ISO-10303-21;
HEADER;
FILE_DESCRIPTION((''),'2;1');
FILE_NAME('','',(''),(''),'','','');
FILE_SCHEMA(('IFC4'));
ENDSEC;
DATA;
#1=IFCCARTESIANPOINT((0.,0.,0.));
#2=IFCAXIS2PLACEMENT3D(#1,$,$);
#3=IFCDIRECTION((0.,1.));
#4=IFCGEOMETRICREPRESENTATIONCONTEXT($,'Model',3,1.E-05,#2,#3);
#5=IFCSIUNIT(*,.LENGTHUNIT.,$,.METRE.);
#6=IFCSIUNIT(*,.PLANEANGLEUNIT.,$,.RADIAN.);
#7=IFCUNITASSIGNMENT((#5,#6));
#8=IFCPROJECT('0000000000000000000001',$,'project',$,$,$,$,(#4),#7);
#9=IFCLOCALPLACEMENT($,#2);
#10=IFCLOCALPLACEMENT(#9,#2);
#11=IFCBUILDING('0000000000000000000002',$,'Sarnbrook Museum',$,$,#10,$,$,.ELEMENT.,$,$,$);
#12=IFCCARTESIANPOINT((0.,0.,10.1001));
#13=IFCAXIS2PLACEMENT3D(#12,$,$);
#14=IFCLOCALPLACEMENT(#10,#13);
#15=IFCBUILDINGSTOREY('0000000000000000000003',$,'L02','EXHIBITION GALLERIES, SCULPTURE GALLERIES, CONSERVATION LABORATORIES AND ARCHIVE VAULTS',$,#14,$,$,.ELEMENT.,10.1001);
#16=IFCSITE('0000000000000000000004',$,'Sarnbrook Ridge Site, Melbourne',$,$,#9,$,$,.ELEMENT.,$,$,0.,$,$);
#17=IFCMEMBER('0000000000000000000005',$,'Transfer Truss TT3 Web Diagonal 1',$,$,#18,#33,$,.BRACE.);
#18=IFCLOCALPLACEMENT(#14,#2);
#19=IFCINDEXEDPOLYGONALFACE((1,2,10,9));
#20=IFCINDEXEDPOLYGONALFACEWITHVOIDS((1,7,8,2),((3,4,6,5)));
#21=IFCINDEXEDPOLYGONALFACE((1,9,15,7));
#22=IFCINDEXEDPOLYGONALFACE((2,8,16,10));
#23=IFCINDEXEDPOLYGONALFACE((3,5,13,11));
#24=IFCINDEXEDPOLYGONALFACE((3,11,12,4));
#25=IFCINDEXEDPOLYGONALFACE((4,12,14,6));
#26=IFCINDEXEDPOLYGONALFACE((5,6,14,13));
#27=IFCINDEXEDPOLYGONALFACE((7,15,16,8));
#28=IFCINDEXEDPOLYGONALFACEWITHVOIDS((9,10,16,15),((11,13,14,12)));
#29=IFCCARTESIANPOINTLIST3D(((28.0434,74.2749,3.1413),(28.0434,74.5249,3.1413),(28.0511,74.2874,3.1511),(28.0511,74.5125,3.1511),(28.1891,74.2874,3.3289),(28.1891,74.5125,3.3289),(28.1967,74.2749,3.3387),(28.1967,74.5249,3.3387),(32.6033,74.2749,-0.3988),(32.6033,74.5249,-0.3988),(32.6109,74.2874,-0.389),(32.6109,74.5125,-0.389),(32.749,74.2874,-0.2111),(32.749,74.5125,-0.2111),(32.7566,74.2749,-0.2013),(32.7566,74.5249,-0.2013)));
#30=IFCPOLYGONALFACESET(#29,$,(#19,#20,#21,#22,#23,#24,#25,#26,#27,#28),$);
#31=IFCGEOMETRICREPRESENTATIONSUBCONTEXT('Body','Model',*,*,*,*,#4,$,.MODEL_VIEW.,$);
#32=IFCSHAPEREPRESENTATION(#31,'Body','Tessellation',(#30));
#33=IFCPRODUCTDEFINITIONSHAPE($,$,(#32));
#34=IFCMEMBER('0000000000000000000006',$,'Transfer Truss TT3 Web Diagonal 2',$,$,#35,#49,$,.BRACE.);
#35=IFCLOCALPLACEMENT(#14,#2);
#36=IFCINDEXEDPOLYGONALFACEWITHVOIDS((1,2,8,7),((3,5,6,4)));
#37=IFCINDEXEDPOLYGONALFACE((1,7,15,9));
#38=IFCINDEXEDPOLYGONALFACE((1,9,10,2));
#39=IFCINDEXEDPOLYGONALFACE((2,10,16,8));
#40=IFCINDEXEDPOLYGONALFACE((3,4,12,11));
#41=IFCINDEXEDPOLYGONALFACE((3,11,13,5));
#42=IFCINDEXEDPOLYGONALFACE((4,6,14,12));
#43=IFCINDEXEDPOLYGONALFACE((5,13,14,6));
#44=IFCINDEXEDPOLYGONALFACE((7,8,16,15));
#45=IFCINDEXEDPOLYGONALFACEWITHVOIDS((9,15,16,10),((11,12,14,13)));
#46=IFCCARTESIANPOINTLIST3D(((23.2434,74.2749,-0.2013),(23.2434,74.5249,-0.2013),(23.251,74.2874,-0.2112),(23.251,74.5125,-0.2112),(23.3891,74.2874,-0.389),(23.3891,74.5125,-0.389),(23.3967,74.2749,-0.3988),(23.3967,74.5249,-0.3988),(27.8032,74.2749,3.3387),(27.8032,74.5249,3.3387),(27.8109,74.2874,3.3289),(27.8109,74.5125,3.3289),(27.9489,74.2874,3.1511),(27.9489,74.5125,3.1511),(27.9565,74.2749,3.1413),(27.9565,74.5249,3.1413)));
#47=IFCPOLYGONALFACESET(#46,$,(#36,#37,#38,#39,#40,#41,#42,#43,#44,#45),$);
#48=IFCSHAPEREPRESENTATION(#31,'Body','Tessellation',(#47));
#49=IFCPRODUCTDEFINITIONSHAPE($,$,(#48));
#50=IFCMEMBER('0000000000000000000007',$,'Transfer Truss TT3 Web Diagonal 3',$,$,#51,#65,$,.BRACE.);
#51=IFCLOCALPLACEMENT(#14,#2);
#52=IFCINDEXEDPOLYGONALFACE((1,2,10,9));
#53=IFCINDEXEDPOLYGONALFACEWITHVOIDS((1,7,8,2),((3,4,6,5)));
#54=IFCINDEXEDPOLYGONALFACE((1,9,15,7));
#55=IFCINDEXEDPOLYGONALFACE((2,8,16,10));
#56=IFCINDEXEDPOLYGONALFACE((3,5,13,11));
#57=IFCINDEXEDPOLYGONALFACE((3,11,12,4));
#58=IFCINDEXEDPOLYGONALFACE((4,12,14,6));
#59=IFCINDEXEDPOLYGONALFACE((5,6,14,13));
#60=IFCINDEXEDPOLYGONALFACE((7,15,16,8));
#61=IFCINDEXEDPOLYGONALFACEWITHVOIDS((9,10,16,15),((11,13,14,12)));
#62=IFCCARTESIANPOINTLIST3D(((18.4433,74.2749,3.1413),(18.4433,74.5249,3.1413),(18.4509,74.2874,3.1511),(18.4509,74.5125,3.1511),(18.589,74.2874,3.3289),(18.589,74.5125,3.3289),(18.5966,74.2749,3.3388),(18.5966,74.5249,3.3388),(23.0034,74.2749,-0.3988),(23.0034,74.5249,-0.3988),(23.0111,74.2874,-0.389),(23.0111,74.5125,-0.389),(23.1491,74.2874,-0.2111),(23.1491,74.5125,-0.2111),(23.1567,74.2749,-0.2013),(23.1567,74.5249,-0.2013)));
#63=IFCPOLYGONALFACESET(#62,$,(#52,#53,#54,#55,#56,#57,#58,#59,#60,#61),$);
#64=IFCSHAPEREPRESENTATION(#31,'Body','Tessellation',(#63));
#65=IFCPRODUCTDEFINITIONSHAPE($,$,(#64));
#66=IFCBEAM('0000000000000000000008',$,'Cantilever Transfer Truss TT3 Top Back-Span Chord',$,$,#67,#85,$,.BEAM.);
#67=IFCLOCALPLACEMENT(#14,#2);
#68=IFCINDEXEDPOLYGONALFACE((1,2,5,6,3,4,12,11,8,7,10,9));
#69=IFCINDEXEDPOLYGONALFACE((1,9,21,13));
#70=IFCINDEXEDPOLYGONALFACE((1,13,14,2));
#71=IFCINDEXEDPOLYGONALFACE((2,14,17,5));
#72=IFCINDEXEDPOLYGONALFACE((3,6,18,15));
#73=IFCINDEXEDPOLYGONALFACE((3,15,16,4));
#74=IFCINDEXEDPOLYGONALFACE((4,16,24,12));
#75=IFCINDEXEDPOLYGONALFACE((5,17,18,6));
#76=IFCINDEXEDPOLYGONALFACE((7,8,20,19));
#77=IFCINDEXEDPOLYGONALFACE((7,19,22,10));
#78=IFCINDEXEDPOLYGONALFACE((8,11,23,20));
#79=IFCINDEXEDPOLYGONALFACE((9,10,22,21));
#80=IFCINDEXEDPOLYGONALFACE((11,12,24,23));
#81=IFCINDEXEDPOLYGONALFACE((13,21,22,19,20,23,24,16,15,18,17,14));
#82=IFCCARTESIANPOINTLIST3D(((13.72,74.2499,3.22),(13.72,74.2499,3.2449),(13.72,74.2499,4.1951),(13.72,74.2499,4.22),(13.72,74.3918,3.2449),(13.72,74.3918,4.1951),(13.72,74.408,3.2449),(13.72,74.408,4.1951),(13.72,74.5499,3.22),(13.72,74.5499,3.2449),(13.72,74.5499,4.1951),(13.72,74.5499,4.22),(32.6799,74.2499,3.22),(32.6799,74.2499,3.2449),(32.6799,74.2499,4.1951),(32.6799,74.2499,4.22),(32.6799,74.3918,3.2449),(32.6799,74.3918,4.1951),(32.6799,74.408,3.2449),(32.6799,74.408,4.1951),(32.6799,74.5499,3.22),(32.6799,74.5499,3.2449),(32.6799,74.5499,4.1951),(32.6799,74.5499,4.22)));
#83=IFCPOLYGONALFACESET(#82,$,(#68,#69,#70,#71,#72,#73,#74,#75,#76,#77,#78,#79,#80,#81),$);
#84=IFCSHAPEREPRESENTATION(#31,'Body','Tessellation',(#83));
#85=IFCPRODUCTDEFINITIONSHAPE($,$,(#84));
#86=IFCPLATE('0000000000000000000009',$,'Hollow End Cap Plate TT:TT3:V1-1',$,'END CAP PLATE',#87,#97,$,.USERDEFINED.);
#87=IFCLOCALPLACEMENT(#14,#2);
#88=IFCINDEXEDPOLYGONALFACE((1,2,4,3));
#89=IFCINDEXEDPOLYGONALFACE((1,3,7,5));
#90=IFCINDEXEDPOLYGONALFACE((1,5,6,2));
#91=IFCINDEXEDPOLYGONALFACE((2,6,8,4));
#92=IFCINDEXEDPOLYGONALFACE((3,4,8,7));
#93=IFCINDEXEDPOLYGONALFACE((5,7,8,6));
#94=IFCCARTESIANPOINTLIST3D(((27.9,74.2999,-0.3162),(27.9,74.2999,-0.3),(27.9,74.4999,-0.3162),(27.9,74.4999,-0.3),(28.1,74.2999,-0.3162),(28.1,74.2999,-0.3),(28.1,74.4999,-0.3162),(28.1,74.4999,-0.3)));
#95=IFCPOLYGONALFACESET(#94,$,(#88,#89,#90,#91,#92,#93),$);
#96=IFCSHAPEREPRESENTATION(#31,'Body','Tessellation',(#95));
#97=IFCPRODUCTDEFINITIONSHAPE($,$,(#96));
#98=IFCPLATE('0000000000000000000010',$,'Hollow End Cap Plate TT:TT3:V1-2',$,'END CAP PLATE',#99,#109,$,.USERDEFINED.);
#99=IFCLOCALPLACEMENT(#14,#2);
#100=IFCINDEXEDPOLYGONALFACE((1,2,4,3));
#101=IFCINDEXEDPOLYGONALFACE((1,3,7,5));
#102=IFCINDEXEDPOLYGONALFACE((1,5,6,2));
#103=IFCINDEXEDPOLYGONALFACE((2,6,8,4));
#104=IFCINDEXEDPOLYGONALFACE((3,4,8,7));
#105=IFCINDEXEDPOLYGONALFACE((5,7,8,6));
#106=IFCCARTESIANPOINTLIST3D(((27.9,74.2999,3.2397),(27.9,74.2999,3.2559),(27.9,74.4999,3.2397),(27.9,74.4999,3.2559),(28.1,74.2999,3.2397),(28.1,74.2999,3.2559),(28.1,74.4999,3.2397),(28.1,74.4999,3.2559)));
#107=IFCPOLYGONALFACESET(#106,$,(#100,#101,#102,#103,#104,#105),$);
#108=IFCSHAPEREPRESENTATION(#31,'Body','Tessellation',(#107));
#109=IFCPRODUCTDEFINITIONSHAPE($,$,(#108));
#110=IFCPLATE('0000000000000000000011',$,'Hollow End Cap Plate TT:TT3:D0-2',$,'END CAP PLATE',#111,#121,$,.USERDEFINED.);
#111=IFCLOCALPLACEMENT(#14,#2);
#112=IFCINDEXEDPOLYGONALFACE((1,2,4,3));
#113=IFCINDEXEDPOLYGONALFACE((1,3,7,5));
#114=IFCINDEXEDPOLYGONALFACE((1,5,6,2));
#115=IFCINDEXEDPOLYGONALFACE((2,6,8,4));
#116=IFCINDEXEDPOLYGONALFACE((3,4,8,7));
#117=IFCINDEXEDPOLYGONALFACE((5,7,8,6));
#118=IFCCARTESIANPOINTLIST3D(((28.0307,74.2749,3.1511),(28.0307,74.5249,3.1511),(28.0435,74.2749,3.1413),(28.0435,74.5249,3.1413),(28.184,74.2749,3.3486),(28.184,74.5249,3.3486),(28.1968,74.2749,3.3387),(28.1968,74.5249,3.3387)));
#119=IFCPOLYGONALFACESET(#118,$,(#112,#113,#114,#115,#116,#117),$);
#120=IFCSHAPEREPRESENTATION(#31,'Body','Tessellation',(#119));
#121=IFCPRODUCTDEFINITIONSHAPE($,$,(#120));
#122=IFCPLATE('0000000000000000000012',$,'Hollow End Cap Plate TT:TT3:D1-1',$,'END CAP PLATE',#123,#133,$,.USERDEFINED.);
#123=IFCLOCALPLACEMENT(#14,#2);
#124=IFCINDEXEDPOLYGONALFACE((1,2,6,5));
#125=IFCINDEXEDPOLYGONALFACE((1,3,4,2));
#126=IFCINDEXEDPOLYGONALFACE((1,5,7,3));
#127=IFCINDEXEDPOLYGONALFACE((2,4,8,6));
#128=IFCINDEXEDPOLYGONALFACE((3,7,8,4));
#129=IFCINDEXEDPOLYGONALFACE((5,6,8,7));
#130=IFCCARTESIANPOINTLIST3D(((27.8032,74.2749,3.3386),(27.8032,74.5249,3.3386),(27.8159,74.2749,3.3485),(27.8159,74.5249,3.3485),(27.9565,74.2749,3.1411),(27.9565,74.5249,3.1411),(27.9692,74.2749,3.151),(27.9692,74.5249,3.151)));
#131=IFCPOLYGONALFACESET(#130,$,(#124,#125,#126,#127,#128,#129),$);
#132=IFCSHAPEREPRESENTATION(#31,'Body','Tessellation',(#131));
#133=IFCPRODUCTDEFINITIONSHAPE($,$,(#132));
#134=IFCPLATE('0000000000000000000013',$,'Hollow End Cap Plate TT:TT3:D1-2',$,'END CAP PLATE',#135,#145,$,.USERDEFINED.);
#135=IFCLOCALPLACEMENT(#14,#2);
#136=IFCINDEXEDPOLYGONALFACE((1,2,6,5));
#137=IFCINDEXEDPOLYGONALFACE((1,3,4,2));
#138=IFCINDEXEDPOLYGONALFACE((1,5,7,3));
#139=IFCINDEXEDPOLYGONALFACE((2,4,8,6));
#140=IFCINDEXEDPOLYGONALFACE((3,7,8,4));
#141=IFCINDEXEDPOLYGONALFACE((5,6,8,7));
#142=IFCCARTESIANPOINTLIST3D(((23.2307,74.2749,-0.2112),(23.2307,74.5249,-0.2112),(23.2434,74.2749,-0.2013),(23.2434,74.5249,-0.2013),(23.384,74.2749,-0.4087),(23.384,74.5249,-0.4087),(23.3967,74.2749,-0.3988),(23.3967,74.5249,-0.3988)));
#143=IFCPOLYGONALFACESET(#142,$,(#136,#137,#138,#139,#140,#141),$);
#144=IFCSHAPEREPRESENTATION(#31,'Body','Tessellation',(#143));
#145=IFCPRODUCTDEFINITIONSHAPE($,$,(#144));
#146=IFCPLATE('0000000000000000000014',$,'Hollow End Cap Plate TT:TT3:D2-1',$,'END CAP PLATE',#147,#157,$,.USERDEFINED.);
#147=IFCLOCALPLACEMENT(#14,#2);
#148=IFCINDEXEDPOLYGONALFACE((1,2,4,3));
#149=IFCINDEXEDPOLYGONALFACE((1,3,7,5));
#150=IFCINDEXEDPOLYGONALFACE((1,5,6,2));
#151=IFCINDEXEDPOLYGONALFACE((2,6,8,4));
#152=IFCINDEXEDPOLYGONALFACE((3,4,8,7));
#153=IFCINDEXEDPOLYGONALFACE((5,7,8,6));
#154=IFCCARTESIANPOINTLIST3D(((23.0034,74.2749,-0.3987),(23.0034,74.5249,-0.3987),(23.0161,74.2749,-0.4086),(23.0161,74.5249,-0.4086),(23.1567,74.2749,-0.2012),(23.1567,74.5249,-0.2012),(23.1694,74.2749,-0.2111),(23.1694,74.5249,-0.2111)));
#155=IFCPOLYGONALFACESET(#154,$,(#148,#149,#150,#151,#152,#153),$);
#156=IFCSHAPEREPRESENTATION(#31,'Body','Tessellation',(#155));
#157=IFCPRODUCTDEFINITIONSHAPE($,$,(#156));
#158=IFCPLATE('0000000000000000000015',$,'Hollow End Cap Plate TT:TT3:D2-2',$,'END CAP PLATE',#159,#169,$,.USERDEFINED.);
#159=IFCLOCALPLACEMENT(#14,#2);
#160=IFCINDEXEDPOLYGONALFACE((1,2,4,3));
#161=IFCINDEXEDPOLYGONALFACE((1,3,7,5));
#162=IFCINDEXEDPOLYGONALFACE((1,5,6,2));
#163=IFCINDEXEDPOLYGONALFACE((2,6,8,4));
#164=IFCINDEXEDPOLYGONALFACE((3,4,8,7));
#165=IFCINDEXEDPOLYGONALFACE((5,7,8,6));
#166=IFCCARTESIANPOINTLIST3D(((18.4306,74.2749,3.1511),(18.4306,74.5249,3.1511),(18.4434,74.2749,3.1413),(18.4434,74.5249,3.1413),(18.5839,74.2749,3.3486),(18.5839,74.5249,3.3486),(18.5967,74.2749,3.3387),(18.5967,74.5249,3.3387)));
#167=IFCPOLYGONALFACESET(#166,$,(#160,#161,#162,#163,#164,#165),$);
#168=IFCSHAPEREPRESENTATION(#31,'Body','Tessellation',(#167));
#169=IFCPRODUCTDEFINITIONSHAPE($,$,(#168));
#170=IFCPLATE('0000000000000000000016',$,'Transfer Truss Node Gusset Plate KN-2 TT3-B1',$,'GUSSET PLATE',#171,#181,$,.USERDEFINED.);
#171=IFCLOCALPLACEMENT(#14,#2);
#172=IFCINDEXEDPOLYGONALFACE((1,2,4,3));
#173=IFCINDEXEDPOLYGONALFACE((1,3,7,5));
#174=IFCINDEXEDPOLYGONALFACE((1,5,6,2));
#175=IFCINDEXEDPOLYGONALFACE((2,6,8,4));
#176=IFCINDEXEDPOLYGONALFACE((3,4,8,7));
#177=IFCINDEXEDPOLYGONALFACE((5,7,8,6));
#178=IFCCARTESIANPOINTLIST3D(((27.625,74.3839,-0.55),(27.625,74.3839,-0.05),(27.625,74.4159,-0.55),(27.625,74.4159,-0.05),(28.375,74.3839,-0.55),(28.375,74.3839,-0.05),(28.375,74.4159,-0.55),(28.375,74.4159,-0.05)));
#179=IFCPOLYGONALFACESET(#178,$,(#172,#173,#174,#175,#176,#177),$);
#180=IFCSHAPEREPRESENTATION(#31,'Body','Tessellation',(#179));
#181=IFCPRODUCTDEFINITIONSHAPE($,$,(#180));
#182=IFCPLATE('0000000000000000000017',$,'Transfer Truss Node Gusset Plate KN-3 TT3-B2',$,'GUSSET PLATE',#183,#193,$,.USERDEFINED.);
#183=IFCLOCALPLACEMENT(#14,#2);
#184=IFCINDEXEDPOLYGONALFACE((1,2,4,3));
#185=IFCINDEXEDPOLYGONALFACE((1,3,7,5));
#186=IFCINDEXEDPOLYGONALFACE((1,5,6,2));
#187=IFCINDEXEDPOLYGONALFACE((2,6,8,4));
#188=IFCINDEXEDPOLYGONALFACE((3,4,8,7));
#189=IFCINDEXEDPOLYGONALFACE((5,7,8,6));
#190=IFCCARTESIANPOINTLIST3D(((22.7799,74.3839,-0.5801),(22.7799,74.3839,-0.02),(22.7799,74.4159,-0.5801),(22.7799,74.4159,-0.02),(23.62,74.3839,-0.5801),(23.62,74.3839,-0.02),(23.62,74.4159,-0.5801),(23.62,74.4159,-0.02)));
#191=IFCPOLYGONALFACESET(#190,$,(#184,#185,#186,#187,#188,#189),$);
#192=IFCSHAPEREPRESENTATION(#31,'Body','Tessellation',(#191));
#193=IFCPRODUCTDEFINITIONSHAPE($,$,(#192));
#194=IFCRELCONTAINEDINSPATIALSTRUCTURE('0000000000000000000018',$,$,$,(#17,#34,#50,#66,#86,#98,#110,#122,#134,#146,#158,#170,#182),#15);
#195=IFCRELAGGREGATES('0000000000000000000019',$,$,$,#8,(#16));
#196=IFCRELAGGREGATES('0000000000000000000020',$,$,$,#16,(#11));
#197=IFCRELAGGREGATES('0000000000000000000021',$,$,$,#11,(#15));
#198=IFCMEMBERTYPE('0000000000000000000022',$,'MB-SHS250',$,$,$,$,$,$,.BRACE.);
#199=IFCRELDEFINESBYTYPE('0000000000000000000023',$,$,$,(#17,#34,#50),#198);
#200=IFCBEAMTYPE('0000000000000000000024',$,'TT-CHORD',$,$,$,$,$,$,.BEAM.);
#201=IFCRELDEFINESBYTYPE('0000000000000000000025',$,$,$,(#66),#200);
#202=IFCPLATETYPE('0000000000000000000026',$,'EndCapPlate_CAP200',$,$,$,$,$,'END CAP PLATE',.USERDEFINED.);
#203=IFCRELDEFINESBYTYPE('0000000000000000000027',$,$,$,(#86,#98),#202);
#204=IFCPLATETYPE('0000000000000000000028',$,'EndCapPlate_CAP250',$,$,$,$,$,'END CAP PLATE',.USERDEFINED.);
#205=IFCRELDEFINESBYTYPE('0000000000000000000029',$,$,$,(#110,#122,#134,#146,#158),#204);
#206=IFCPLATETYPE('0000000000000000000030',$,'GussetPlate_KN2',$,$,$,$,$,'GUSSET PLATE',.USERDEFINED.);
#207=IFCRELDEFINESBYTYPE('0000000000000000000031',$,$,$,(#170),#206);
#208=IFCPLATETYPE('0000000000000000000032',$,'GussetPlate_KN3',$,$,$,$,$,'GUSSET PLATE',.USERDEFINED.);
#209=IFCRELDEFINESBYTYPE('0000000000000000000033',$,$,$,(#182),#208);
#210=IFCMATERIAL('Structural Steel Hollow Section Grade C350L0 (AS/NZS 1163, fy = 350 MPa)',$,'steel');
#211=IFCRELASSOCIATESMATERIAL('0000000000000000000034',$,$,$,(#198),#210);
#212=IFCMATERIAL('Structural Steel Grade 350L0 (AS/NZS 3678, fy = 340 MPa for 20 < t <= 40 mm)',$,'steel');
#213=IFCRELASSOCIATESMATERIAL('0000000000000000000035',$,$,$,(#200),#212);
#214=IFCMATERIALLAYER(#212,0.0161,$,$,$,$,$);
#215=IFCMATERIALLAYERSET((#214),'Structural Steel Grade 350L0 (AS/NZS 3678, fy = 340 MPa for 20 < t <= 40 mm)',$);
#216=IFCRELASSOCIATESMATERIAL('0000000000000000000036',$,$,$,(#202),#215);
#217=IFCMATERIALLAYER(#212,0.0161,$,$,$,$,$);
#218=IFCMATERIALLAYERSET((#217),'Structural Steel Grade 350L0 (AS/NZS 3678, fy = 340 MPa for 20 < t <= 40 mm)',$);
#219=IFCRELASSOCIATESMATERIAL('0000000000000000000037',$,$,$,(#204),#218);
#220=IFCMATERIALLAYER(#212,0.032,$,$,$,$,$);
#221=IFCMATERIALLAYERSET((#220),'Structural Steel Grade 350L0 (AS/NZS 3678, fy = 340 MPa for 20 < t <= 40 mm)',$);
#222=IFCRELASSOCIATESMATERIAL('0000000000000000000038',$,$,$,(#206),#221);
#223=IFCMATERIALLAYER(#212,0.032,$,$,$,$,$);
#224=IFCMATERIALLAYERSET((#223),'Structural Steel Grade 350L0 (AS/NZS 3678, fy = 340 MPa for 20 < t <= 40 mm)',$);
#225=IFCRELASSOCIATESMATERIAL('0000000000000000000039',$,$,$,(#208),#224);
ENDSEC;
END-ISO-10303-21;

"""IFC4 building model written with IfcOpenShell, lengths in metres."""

from ifc_helpers import new_model, si_unit, direction, frame, origin, origin_2d, place, context, subcontext, project, spatial, rectangle, hollow_rectangle, i_section, extrude, material, layer, layer_set, material_profile, profile_set, type_object, element, save


model = new_model("IFC4")

# Units and contexts
model_context = context("Model", 3, precision=1e-05, world=origin(), true_north=direction((0.0, 1.0)))
body_context = subcontext(model_context, "Body", "Model", "MODEL_VIEW")
ifc_project = project(units=[si_unit("LENGTHUNIT", "METRE"), si_unit("PLANEANGLEUNIT", "RADIAN")], contexts=[model_context])

# Site, building, storey
site_placement = place(None, origin())
site = spatial("IfcSite", under=ifc_project, at=site_placement, Name="Sarnbrook Ridge Site, Melbourne", CompositionType="ELEMENT", RefElevation=0.0)
building_placement = place(site_placement, origin())
building = spatial("IfcBuilding", under=site, at=building_placement, Name="Sarnbrook Museum", CompositionType="ELEMENT")
storey_placement = place(building_placement, frame((0.0, 0.0, 10.1001)))
storey = spatial("IfcBuildingStorey", under=building, at=storey_placement, Name="L02", Description="EXHIBITION GALLERIES, SCULPTURE GALLERIES, CONSERVATION LABORATORIES AND ARCHIVE VAULTS", CompositionType="ELEMENT", Elevation=10.1001)

# Shared definitions
ifc_material_1 = material(Name="Structural Steel Hollow Section Grade C350L0 (AS/NZS 1163, fy = 350 MPa)", Category="steel")

# Members
ifc_material_profile_1 = material_profile(ifc_material_1, hollow_rectangle(XDim=0.25, YDim=0.25, WallThickness=0.0125, at=origin_2d()), Name="250x250x12.5SHS")
ifc_profile_set_1 = profile_set([ifc_material_profile_1], Name="Structural Steel Hollow Section Grade C350L0 (AS/NZS 1163, fy = 350 MPa)")
member_type_1 = type_object("IfcMemberType", Name="MB-SHS250", PredefinedType="BRACE", material=ifc_profile_set_1)
for number, where, z_axis, x_axis, name in (
    (1, (32.6799, 74.3999, -0.3), (-0.789896, 0.0, 0.613241), (0.0, -1.0, 0.0), "Transfer Truss TT3 Web Diagonal 1"),
    (2, (27.8799, 74.3999, 3.24), (-0.789896, 0.0, -0.613241), (0.0, -1.0, 0.0), "Transfer Truss TT3 Web Diagonal 2"),
):
    element("IfcMember", number, at=place(storey_placement, frame(where, z_axis=z_axis, x_axis=x_axis)), inside=storey, type_object=member_type_1, Name=name, PredefinedType="BRACE", context=body_context, shape_type="SweptSolid", body=[
        extrude(hollow_rectangle(XDim=0.25, YDim=0.25, WallThickness=0.0125, at=origin_2d()), origin(), (0.0, 0.0, 1.0), 5.7727),
    ])
member_1_placement = place(storey_placement, frame((23.0801, 74.3999, -0.3), z_axis=(-0.789912, 0.0, 0.61322), x_axis=(0.0, -1.0, 0.0)))
element("IfcMember", 3, at=member_1_placement, inside=storey, type_object=member_type_1, Name="Transfer Truss TT3 Web Diagonal 3", PredefinedType="BRACE", context=body_context, shape_type="SweptSolid", body=[
    extrude(hollow_rectangle(XDim=0.25, YDim=0.25, WallThickness=0.0125, at=origin_2d()), origin(), (0.0, 0.0, 1.0), 5.7729),
])

# Beam
ifc_material_2 = material(Name="Structural Steel Grade 350L0 (AS/NZS 3678, fy = 340 MPa for 20 < t <= 40 mm)", Category="steel")
ifc_material_profile_2 = material_profile(ifc_material_2, i_section(OverallWidth=0.3, OverallDepth=1.0, WebThickness=0.0161, FlangeThickness=0.0249, at=origin_2d()), Name="1000WB215")
ifc_profile_set_2 = profile_set([ifc_material_profile_2], Name="Structural Steel Grade 350L0 (AS/NZS 3678, fy = 340 MPa for 20 < t <= 40 mm)")
beam_type_1 = type_object("IfcBeamType", Name="TT-CHORD", PredefinedType="BEAM", material=ifc_profile_set_2)
beam_1_placement = place(storey_placement, frame((32.6799, 74.3999, 3.72), z_axis=(-1.0, 0.0, 0.0), x_axis=(0.0, -1.0, 0.0)))
element("IfcBeam", 4, at=beam_1_placement, inside=storey, type_object=beam_type_1, Name="Cantilever Transfer Truss TT3 Top Back-Span Chord", PredefinedType="BEAM", context=body_context, shape_type="SweptSolid", body=[
    extrude(i_section(OverallWidth=0.3, OverallDepth=1.0, WebThickness=0.0161, FlangeThickness=0.0249, at=origin_2d()), origin(), (0.0, 0.0, 1.0), 18.96),
])

# Plates
ifc_layer_1 = layer(ifc_material_2, 0.0161)
ifc_layer_set_1 = layer_set([ifc_layer_1], Name="Structural Steel Grade 350L0 (AS/NZS 3678, fy = 340 MPa for 20 < t <= 40 mm)")
plate_type_1 = type_object("IfcPlateType", Name="EndCapPlate_CAP200", ElementType="END CAP PLATE", PredefinedType="USERDEFINED", material=ifc_layer_set_1)
for number, where, z_axis, x_axis, name in (
    (5, (28.0, 74.3999, -0.3162), (0.0, 0.0, 1.0), (1.0, 0.0, 0.0), "Hollow End Cap Plate TT:TT3:V1-1"),
    (6, (28.0, 74.3999, 3.2397), (0.0, 0.0, 1.0), (1.0, 0.0, 0.0), "Hollow End Cap Plate TT:TT3:V1-2"),
):
    element("IfcPlate", number, at=place(storey_placement, frame(where, z_axis=z_axis, x_axis=x_axis)), inside=storey, type_object=plate_type_1, Name=name, ObjectType="END CAP PLATE", PredefinedType="USERDEFINED", context=body_context, shape_type="SweptSolid", body=[
        extrude(rectangle(XDim=0.2, YDim=0.2, at=origin_2d()), origin(), (0.0, 0.0, 1.0), 0.0161),
    ])
ifc_layer_2 = layer(ifc_material_2, 0.0161)
ifc_layer_set_2 = layer_set([ifc_layer_2], Name="Structural Steel Grade 350L0 (AS/NZS 3678, fy = 340 MPa for 20 < t <= 40 mm)")
plate_type_2 = type_object("IfcPlateType", Name="EndCapPlate_CAP250", ElementType="END CAP PLATE", PredefinedType="USERDEFINED", material=ifc_layer_set_2)
for number, where, z_axis, x_axis, name in (
    (7, (28.1201, 74.3999, 3.24), (-0.789912, 0.0, 0.613221), (0.0, -1.0, 0.0), "Hollow End Cap Plate TT:TT3:D0-2"),
    (8, (27.8926, 74.3999, 3.2498), (-0.789912, 0.0, -0.613221), (0.0, -1.0, 0.0), "Hollow End Cap Plate TT:TT3:D1-1"),
    (9, (23.3201, 74.3999, -0.3), (-0.789912, 0.0, -0.613221), (0.0, -1.0, 0.0), "Hollow End Cap Plate TT:TT3:D1-2"),
    (10, (23.0928, 74.3999, -0.3098), (-0.789912, 0.0, 0.613221), (0.0, -1.0, 0.0), "Hollow End Cap Plate TT:TT3:D2-1"),
    (11, (18.52, 74.3999, 3.24), (-0.789912, 0.0, 0.613221), (0.0, -1.0, 0.0), "Hollow End Cap Plate TT:TT3:D2-2"),
):
    element("IfcPlate", number, at=place(storey_placement, frame(where, z_axis=z_axis, x_axis=x_axis)), inside=storey, type_object=plate_type_2, Name=name, ObjectType="END CAP PLATE", PredefinedType="USERDEFINED", context=body_context, shape_type="SweptSolid", body=[
        extrude(rectangle(XDim=0.25, YDim=0.25, at=origin_2d()), origin(), (0.0, 0.0, 1.0), 0.0161),
    ])
ifc_layer_3 = layer(ifc_material_2, 0.032)
ifc_layer_set_3 = layer_set([ifc_layer_3], Name="Structural Steel Grade 350L0 (AS/NZS 3678, fy = 340 MPa for 20 < t <= 40 mm)")
plate_type_3 = type_object("IfcPlateType", Name="GussetPlate_KN2", ElementType="GUSSET PLATE", PredefinedType="USERDEFINED", material=ifc_layer_set_3)
plate_1_placement = place(storey_placement, frame((28.0, 74.3999, -0.55), z_axis=(0.0, 0.0, 1.0), x_axis=(1.0, 0.0, 0.0)))
element("IfcPlate", 12, at=plate_1_placement, inside=storey, type_object=plate_type_3, Name="Transfer Truss Node Gusset Plate KN-2 TT3-B1", ObjectType="GUSSET PLATE", PredefinedType="USERDEFINED", context=body_context, shape_type="SweptSolid", body=[
    extrude(rectangle(XDim=0.75, YDim=0.032, at=origin_2d()), origin(), (0.0, 0.0, 1.0), 0.5),
])
ifc_layer_4 = layer(ifc_material_2, 0.032)
ifc_layer_set_4 = layer_set([ifc_layer_4], Name="Structural Steel Grade 350L0 (AS/NZS 3678, fy = 340 MPa for 20 < t <= 40 mm)")
plate_type_4 = type_object("IfcPlateType", Name="GussetPlate_KN3", ElementType="GUSSET PLATE", PredefinedType="USERDEFINED", material=ifc_layer_set_4)
plate_2_placement = place(storey_placement, frame((23.2, 74.3999, -0.5801), z_axis=(0.0, 0.0, 1.0), x_axis=(1.0, 0.0, 0.0)))
element("IfcPlate", 13, at=plate_2_placement, inside=storey, type_object=plate_type_4, Name="Transfer Truss Node Gusset Plate KN-3 TT3-B2", ObjectType="GUSSET PLATE", PredefinedType="USERDEFINED", context=body_context, shape_type="SweptSolid", body=[
    extrude(rectangle(XDim=0.8401, YDim=0.032, at=origin_2d()), origin(), (0.0, 0.0, 1.0), 0.5601),
])

save(model, "model.ifc")
